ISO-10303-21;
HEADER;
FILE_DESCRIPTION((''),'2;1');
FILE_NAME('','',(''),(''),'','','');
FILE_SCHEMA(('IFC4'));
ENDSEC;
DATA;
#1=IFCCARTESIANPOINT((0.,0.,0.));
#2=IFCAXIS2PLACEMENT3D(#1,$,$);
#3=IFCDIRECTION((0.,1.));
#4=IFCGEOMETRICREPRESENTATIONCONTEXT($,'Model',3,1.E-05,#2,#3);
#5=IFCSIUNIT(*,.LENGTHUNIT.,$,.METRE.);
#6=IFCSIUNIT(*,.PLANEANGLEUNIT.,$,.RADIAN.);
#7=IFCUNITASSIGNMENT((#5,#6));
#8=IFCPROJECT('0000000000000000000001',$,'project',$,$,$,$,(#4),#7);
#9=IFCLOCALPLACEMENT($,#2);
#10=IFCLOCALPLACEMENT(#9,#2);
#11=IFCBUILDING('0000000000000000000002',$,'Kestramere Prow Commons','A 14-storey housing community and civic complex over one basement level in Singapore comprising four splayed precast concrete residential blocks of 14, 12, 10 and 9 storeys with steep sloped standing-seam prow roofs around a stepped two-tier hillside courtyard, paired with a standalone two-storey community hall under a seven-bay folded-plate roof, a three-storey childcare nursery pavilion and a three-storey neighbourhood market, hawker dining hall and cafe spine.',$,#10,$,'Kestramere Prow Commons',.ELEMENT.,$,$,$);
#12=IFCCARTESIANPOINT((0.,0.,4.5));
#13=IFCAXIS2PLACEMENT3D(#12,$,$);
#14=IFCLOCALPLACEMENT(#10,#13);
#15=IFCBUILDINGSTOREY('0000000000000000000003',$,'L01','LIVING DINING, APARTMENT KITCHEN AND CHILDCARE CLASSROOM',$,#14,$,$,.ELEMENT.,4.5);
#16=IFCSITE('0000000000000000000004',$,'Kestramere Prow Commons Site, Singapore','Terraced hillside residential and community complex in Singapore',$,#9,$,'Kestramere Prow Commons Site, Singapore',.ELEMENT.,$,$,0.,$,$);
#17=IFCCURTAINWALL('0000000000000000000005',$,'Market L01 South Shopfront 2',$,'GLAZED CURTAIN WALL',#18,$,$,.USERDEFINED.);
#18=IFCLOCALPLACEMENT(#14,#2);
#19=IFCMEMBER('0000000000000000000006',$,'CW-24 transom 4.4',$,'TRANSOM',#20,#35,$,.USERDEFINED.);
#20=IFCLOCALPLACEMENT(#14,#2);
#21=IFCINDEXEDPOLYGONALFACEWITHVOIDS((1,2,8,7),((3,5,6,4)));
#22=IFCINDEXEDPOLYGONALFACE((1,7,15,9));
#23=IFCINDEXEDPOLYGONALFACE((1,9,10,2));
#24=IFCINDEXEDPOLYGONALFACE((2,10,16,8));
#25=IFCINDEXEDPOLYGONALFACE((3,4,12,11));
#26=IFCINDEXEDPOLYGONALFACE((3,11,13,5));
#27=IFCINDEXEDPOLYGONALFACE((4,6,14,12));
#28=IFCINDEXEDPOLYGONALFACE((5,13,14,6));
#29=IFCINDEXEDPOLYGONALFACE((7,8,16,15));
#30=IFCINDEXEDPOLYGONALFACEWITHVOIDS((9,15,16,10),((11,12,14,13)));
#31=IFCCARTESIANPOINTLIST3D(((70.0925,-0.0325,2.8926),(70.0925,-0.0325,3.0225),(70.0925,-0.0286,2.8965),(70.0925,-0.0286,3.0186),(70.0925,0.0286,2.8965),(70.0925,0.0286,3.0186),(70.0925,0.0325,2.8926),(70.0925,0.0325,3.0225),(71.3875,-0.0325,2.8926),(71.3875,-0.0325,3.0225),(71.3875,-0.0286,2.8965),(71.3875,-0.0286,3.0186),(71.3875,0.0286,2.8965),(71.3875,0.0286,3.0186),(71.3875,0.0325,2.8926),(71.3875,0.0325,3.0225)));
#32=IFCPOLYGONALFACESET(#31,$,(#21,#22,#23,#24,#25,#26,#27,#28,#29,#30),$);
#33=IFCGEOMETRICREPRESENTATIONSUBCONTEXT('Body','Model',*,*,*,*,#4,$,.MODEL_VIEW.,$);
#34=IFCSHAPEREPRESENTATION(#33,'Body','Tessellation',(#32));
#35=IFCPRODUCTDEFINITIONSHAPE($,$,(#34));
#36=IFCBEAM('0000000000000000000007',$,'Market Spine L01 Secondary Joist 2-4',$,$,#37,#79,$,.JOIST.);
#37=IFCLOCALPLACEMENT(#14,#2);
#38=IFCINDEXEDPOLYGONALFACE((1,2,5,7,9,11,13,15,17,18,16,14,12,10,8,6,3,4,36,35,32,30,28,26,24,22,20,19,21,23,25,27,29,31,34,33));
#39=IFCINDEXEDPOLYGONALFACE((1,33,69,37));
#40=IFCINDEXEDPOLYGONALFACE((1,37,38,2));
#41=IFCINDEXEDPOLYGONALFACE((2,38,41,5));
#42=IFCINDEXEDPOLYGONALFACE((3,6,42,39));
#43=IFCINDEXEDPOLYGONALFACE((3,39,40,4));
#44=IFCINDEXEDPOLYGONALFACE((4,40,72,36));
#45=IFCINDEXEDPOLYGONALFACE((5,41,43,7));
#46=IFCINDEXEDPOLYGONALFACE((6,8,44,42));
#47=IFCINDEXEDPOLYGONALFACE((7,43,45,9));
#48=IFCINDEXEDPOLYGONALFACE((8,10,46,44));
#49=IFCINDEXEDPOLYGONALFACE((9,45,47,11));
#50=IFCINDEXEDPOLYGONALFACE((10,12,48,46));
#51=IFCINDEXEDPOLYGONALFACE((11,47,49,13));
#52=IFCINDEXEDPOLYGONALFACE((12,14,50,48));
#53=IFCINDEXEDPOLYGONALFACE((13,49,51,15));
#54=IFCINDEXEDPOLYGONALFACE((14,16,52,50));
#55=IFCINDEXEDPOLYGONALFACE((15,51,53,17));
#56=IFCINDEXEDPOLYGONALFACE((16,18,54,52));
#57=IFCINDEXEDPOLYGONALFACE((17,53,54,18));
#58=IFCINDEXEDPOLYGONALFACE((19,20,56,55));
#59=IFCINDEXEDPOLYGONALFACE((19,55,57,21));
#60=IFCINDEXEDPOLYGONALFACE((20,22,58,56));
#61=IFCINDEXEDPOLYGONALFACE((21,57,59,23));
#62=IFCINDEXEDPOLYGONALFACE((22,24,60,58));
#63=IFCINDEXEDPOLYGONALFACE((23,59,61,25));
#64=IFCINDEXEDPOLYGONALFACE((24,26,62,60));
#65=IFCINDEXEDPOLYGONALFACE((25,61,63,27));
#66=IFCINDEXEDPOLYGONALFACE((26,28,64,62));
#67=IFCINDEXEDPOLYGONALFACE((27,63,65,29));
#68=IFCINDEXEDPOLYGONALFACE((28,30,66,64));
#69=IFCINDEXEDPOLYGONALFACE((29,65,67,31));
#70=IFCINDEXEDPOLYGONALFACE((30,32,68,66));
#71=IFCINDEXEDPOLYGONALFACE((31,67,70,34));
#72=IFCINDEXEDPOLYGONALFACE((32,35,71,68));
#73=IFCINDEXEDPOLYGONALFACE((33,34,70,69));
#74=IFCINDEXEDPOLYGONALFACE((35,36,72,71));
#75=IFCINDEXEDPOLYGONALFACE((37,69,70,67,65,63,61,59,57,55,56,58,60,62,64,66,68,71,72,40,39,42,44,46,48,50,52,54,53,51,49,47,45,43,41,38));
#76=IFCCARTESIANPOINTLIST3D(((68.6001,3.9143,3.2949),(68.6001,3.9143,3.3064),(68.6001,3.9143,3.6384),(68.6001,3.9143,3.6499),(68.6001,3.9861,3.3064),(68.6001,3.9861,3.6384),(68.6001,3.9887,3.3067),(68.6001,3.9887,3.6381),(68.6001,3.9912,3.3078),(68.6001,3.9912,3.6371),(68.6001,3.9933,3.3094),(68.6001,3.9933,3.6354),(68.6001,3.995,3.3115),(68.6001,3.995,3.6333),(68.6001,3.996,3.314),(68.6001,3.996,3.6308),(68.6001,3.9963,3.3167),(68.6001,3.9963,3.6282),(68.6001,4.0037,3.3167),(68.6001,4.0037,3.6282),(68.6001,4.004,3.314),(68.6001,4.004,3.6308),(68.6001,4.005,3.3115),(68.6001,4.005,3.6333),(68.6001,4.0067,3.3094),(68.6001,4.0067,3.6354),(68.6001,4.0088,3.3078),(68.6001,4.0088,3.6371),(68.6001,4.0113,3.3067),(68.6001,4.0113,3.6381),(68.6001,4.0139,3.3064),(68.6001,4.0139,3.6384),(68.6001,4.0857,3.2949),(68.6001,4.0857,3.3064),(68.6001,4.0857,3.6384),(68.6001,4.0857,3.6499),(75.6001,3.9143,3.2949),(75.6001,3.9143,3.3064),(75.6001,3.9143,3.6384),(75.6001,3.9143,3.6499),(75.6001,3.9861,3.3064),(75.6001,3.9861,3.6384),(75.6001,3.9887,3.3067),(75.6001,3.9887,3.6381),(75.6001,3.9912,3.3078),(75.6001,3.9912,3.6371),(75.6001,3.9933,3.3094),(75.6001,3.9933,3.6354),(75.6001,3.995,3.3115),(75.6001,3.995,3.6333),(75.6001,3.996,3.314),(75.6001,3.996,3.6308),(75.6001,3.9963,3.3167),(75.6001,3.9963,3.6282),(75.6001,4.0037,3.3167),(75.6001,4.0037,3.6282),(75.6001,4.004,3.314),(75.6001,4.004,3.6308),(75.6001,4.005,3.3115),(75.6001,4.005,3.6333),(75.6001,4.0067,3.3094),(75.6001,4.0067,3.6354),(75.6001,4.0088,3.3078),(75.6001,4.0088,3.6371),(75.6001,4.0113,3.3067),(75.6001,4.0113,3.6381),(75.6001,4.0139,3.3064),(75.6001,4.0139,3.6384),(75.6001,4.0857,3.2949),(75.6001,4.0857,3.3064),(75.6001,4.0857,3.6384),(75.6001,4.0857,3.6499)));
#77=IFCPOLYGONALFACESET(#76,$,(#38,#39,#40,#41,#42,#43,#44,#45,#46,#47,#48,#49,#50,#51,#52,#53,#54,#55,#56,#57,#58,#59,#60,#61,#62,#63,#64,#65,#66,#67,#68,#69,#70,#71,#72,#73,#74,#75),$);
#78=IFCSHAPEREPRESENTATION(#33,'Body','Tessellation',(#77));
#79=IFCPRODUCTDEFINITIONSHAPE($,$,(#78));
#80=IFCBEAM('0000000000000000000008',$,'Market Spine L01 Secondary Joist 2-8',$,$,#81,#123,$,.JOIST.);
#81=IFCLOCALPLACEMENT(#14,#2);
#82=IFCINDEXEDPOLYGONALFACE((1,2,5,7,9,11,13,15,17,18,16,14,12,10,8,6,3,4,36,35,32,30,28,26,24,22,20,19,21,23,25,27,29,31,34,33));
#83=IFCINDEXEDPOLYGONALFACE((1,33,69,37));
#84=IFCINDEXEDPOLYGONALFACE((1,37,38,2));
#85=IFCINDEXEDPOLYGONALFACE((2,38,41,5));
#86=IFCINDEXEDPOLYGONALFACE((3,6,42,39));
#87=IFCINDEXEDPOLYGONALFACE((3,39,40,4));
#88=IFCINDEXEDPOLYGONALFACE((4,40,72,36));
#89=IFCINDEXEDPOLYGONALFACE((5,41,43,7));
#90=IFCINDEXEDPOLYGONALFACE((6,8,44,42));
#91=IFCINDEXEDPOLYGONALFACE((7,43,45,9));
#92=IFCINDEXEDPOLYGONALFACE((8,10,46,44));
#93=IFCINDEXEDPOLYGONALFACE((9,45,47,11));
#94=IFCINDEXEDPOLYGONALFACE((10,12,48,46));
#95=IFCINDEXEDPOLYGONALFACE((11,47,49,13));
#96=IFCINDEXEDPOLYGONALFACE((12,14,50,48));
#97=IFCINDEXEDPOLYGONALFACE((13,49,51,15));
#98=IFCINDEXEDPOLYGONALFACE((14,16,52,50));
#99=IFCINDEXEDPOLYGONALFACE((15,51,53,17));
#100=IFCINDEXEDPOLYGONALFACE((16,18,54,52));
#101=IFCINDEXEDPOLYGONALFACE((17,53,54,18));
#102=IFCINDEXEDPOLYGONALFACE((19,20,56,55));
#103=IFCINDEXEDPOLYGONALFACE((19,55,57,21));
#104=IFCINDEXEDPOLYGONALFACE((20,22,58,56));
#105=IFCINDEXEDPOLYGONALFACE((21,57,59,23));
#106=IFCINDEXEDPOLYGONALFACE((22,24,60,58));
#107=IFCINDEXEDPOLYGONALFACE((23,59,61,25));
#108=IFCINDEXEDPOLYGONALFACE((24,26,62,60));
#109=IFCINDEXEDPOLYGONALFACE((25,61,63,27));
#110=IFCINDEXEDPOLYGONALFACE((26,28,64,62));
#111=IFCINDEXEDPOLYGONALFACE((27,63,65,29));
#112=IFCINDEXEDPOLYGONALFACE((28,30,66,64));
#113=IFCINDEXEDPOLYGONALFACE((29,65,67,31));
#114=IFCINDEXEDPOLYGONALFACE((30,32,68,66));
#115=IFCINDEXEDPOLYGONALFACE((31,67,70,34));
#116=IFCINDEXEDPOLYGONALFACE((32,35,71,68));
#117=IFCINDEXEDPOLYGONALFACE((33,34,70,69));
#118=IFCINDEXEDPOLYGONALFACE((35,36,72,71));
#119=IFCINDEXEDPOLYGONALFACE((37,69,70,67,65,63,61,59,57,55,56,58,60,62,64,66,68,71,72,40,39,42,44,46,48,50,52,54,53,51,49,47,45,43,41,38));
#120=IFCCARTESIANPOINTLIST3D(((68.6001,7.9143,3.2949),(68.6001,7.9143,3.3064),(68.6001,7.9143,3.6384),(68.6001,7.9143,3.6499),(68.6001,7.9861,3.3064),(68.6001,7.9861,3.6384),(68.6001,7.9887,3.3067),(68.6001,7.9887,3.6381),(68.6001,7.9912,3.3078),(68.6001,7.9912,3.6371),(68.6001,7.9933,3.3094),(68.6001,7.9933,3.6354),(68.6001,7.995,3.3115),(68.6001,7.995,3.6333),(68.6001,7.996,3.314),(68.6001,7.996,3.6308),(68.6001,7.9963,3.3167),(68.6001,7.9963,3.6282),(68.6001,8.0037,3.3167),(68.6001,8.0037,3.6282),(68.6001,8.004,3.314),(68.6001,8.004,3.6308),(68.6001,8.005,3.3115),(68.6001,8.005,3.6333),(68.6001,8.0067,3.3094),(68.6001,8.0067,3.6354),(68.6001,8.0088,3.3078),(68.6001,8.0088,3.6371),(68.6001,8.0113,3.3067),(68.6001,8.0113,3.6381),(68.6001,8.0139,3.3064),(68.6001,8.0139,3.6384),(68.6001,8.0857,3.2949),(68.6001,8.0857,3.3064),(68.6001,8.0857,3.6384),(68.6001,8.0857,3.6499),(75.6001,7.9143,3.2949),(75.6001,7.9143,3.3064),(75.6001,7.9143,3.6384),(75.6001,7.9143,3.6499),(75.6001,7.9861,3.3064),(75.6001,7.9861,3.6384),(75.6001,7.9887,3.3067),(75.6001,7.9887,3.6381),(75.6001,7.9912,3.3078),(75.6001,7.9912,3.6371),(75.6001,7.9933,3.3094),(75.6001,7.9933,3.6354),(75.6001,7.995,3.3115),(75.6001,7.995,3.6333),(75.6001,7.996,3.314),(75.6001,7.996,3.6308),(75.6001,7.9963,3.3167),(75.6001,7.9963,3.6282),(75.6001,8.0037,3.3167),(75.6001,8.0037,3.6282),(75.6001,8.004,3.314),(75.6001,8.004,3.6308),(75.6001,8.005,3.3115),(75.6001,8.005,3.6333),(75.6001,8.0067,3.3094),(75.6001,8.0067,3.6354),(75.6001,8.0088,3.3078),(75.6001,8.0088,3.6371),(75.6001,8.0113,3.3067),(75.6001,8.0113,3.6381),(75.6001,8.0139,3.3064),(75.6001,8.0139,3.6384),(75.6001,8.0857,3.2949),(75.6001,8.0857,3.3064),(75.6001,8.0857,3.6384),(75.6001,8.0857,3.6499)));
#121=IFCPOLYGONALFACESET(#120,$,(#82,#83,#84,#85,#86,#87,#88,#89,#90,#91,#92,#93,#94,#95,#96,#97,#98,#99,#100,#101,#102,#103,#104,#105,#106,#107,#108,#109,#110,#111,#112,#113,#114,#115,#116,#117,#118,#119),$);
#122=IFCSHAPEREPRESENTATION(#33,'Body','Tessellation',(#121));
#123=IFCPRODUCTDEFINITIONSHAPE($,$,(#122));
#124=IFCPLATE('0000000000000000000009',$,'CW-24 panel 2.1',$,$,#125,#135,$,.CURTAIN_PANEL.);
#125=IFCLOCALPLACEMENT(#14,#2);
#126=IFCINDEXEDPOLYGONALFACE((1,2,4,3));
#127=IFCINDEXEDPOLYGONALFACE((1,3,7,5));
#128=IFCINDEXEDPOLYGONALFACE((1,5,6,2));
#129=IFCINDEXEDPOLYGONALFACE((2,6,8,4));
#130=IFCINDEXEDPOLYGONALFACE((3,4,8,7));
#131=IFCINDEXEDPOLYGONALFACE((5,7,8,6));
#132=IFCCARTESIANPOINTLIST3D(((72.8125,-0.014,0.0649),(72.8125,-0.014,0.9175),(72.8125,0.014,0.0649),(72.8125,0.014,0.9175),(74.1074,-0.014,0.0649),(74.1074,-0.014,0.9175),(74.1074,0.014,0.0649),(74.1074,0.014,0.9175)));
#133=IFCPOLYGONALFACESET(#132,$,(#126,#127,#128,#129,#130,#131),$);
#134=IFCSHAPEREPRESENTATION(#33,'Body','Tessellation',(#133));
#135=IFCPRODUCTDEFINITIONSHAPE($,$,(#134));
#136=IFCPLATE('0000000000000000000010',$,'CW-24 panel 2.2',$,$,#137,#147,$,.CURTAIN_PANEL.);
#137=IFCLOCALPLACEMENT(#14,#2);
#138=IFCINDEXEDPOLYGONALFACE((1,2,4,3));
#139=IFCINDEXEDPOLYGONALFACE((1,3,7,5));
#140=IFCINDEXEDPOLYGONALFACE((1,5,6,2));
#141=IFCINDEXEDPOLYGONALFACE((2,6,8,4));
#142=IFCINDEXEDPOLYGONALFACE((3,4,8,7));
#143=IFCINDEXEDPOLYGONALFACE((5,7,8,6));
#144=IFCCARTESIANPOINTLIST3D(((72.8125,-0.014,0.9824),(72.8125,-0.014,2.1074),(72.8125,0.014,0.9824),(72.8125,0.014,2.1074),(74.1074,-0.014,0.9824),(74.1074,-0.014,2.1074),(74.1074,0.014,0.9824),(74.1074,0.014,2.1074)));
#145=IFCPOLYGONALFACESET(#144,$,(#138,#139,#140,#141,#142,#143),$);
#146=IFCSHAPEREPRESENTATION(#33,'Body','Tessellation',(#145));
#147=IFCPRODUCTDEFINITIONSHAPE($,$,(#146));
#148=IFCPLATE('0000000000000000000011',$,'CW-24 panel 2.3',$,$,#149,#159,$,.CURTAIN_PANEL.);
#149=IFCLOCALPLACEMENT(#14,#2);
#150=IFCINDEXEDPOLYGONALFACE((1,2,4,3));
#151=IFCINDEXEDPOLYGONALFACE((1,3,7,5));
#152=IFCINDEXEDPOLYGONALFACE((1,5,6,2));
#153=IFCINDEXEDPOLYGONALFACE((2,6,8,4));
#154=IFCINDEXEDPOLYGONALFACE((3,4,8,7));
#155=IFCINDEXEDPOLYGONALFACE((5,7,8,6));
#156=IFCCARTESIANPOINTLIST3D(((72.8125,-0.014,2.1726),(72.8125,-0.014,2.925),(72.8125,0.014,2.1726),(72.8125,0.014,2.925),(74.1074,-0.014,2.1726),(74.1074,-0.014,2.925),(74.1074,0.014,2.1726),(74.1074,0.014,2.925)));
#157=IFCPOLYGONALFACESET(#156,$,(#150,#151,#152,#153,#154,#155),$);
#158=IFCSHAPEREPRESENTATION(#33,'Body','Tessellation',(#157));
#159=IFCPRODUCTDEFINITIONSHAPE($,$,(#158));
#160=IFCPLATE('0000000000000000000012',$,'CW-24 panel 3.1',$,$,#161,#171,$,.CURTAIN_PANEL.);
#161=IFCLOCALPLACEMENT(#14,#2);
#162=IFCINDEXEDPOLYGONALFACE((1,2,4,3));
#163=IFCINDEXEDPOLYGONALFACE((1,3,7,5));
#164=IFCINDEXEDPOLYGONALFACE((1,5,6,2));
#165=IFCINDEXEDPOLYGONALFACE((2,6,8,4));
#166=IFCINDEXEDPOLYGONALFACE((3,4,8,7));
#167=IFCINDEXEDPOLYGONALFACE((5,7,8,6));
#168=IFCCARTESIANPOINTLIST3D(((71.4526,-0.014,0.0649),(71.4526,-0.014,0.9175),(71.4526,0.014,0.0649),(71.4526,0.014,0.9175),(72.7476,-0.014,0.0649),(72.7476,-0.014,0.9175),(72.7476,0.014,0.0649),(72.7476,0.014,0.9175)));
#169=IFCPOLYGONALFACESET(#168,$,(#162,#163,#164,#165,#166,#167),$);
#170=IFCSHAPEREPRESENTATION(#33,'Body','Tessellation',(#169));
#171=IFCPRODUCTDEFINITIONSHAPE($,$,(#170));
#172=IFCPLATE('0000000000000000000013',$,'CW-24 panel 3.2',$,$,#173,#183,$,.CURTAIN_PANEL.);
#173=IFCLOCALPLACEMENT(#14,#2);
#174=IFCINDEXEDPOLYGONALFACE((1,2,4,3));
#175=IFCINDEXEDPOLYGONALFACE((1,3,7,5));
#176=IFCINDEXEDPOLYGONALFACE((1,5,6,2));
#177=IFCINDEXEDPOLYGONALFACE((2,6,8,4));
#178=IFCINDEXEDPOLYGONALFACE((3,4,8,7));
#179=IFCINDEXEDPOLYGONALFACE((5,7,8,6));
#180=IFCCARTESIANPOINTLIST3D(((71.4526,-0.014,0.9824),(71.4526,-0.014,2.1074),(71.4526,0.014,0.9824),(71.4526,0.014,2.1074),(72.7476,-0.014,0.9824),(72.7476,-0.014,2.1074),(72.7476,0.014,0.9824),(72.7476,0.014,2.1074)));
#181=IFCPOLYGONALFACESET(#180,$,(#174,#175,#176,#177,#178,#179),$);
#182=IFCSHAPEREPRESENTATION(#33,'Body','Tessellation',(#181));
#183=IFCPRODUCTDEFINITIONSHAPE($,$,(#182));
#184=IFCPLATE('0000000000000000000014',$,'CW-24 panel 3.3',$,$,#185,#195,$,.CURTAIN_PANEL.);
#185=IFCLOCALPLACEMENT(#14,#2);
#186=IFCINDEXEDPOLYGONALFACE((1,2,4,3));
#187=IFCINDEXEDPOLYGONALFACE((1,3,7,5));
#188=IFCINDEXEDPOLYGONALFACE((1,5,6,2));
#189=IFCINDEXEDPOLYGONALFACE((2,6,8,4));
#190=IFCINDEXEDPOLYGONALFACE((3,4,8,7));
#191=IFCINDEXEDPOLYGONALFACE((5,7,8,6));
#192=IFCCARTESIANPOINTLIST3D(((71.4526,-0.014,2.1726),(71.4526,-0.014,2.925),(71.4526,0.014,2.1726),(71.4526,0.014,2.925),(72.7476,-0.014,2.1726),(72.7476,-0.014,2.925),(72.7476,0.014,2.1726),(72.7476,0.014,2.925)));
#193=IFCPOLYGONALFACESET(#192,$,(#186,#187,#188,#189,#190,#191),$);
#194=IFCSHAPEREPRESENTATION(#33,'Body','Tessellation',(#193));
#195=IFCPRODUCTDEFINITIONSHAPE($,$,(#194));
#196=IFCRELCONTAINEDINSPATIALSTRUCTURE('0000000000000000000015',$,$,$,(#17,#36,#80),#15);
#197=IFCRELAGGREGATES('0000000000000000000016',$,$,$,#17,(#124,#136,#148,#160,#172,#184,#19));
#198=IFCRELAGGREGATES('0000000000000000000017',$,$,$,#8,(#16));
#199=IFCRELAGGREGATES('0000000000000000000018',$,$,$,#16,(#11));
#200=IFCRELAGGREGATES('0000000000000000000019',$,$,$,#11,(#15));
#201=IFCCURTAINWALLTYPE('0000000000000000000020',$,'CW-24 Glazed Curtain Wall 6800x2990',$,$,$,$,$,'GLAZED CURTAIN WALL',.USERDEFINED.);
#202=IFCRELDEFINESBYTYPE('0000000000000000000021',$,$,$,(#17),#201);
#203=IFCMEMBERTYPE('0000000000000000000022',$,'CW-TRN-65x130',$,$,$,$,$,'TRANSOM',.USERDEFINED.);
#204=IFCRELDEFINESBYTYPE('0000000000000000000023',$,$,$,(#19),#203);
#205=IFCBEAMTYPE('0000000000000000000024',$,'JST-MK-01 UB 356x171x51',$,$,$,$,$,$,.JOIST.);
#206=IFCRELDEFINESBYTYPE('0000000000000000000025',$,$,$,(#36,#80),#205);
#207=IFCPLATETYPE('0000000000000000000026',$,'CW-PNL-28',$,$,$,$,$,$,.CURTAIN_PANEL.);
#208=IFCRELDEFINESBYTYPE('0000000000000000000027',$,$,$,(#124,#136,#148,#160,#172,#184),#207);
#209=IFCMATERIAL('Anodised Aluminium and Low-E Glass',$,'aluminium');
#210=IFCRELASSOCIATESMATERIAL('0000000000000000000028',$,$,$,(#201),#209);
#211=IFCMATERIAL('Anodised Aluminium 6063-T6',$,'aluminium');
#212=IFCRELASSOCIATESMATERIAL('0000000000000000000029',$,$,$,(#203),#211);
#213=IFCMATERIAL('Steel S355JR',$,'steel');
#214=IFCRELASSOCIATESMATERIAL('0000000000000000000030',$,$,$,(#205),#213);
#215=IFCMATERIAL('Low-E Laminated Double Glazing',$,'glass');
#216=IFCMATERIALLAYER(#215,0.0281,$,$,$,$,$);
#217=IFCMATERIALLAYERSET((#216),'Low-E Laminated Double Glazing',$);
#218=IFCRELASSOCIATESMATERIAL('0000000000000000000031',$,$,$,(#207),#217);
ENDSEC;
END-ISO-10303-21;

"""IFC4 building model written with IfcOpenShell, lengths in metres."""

from ifc_helpers import new_model, si_unit, direction, frame, origin, origin_2d, place, context, subcontext, project, spatial, rectangle, hollow_rectangle, i_section, extrude, material, layer, layer_set, material_profile, profile_set, type_object, element, aggregate, save


model = new_model("IFC4")

# Units and contexts
model_context = context("Model", 3, precision=1e-05, world=origin(), true_north=direction((0.0, 1.0)))
body_context = subcontext(model_context, "Body", "Model", "MODEL_VIEW")
ifc_project = project(units=[si_unit("LENGTHUNIT", "METRE"), si_unit("PLANEANGLEUNIT", "RADIAN")], contexts=[model_context])

# Site, building, storey
site_placement = place(None, origin())
site = spatial("IfcSite", under=ifc_project, at=site_placement, Name="Kestramere Prow Commons Site, Singapore", Description="Terraced hillside residential and community complex in Singapore", LongName="Kestramere Prow Commons Site, Singapore", CompositionType="ELEMENT", RefElevation=0.0)
building_placement = place(site_placement, origin())
building = spatial("IfcBuilding", under=site, at=building_placement, Name="Kestramere Prow Commons", Description="A 14-storey housing community and civic complex over one basement level in Singapore comprising four splayed precast concrete residential blocks of 14, 12, 10 and 9 storeys with steep sloped standing-seam prow roofs around a stepped two-tier hillside courtyard, paired with a standalone two-storey community hall under a seven-bay folded-plate roof, a three-storey childcare nursery pavilion and a three-storey neighbourhood market, hawker dining hall and cafe spine.", LongName="Kestramere Prow Commons", CompositionType="ELEMENT")
storey_placement = place(building_placement, frame((0.0, 0.0, 4.5)))
storey = spatial("IfcBuildingStorey", under=building, at=storey_placement, Name="L01", Description="LIVING DINING, APARTMENT KITCHEN AND CHILDCARE CLASSROOM", CompositionType="ELEMENT", Elevation=4.5)

# Curtain wall, member
ifc_material_1 = material(Name="Anodised Aluminium and Low-E Glass", Category="aluminium")
curtain_wall_type = type_object("IfcCurtainWallType", Name="CW-24 Glazed Curtain Wall 6800x2990", ElementType="GLAZED CURTAIN WALL", PredefinedType="USERDEFINED", material=ifc_material_1)
curtain_wall_placement = place(storey_placement, origin())
curtain_wall = element("IfcCurtainWall", 1, at=curtain_wall_placement, inside=storey, type_object=curtain_wall_type, Name="Market L01 South Shopfront 2", ObjectType="GLAZED CURTAIN WALL", PredefinedType="USERDEFINED")
ifc_material_2 = material(Name="Anodised Aluminium 6063-T6", Category="aluminium")
ifc_material_profile_1 = material_profile(ifc_material_2, hollow_rectangle(XDim=0.0649, YDim=0.1299, WallThickness=0.0039, at=origin_2d()), Name="ALU-TRN 65x130")
ifc_profile_set_1 = profile_set([ifc_material_profile_1], Name="Anodised Aluminium 6063-T6")
member_type_1 = type_object("IfcMemberType", Name="CW-TRN-65x130", ElementType="TRANSOM", PredefinedType="USERDEFINED", material=ifc_profile_set_1)
member_1_placement = place(storey_placement, frame((71.3875, 0.0, 2.9575), z_axis=(-1.0, 0.0, 0.0), x_axis=(0.0, -1.0, 0.0)))
member_1 = element("IfcMember", 2, at=member_1_placement, type_object=member_type_1, Name="CW-24 transom 4.4", ObjectType="TRANSOM", PredefinedType="USERDEFINED", context=body_context, shape_type="SweptSolid", body=[
    extrude(hollow_rectangle(XDim=0.0649, YDim=0.1299, WallThickness=0.0039, at=origin_2d()), origin(), (0.0, 0.0, 1.0), 1.2949),
])

# Beams
ifc_material_3 = material(Name="Steel S355JR", Category="steel")
ifc_material_profile_2 = material_profile(ifc_material_3, i_section(OverallWidth=0.1714, OverallDepth=0.355, WebThickness=0.0073, FlangeThickness=0.0115, FilletRadius=0.0103, at=origin_2d()), Name="UB 356x171x51")
ifc_profile_set_2 = profile_set([ifc_material_profile_2], Name="Steel S355JR")
beam_type_1 = type_object("IfcBeamType", Name="JST-MK-01 UB 356x171x51", PredefinedType="JOIST", material=ifc_profile_set_2)
for number, where, z_axis, x_axis, name in (
    (3, (68.6001, 4.0, 3.4724), (1.0, 0.0, 0.0), (0.0, 1.0, 0.0), "Market Spine L01 Secondary Joist 2-4"),
    (4, (68.6001, 8.0, 3.4724), (1.0, 0.0, 0.0), (0.0, 1.0, 0.0), "Market Spine L01 Secondary Joist 2-8"),
):
    element("IfcBeam", number, at=place(storey_placement, frame(where, z_axis=z_axis, x_axis=x_axis)), inside=storey, type_object=beam_type_1, Name=name, PredefinedType="JOIST", context=body_context, shape_type="SweptSolid", body=[
        extrude(i_section(OverallWidth=0.1714, OverallDepth=0.355, WebThickness=0.0073, FlangeThickness=0.0115, FilletRadius=0.0103, at=origin_2d()), origin(), (0.0, 0.0, 1.0), 7.0),
    ])

# Plates
ifc_material_4 = material(Name="Low-E Laminated Double Glazing", Category="glass")
ifc_layer_1 = layer(ifc_material_4, 0.0281)
ifc_layer_set_1 = layer_set([ifc_layer_1], Name="Low-E Laminated Double Glazing")
plate_type = type_object("IfcPlateType", Name="CW-PNL-28", PredefinedType="CURTAIN_PANEL", material=ifc_layer_set_1)
plate_1_placement = place(storey_placement, frame((73.46, 0.0, 0.0649), z_axis=(0.0, 0.0, 1.0), x_axis=(-1.0, 0.0, 0.0)))
plate_1 = element("IfcPlate", 5, at=plate_1_placement, type_object=plate_type, Name="CW-24 panel 2.1", PredefinedType="CURTAIN_PANEL", context=body_context, shape_type="SweptSolid", body=[
    extrude(rectangle(XDim=1.2949, YDim=0.0281, at=origin_2d()), origin(), (0.0, 0.0, 1.0), 0.8525),
])
plate_2_placement = place(storey_placement, frame((73.46, 0.0, 0.9824), z_axis=(0.0, 0.0, 1.0), x_axis=(-1.0, 0.0, 0.0)))
plate_2 = element("IfcPlate", 6, at=plate_2_placement, type_object=plate_type, Name="CW-24 panel 2.2", PredefinedType="CURTAIN_PANEL", context=body_context, shape_type="SweptSolid", body=[
    extrude(rectangle(XDim=1.2949, YDim=0.0281, at=origin_2d()), origin(), (0.0, 0.0, 1.0), 1.125),
])
plate_3_placement = place(storey_placement, frame((73.46, 0.0, 2.1726), z_axis=(0.0, 0.0, 1.0), x_axis=(-1.0, 0.0, 0.0)))
plate_3 = element("IfcPlate", 7, at=plate_3_placement, type_object=plate_type, Name="CW-24 panel 2.3", PredefinedType="CURTAIN_PANEL", context=body_context, shape_type="SweptSolid", body=[
    extrude(rectangle(XDim=1.2949, YDim=0.0281, at=origin_2d()), origin(), (0.0, 0.0, 1.0), 0.7524),
])
plate_4_placement = place(storey_placement, frame((72.1001, 0.0, 0.0649), z_axis=(0.0, 0.0, 1.0), x_axis=(-1.0, 0.0, 0.0)))
plate_4 = element("IfcPlate", 8, at=plate_4_placement, type_object=plate_type, Name="CW-24 panel 3.1", PredefinedType="CURTAIN_PANEL", context=body_context, shape_type="SweptSolid", body=[
    extrude(rectangle(XDim=1.2949, YDim=0.0281, at=origin_2d()), origin(), (0.0, 0.0, 1.0), 0.8525),
])
plate_5_placement = place(storey_placement, frame((72.1001, 0.0, 0.9824), z_axis=(0.0, 0.0, 1.0), x_axis=(-1.0, 0.0, 0.0)))
plate_5 = element("IfcPlate", 9, at=plate_5_placement, type_object=plate_type, Name="CW-24 panel 3.2", PredefinedType="CURTAIN_PANEL", context=body_context, shape_type="SweptSolid", body=[
    extrude(rectangle(XDim=1.2949, YDim=0.0281, at=origin_2d()), origin(), (0.0, 0.0, 1.0), 1.125),
])
plate_6_placement = place(storey_placement, frame((72.1001, 0.0, 2.1726), z_axis=(0.0, 0.0, 1.0), x_axis=(-1.0, 0.0, 0.0)))
plate_6 = element("IfcPlate", 10, at=plate_6_placement, type_object=plate_type, Name="CW-24 panel 3.3", PredefinedType="CURTAIN_PANEL", context=body_context, shape_type="SweptSolid", body=[
    extrude(rectangle(XDim=1.2949, YDim=0.0281, at=origin_2d()), origin(), (0.0, 0.0, 1.0), 0.7524),
])
aggregate(curtain_wall, [plate_1, plate_2, plate_3, plate_4, plate_5, plate_6, member_1])

save(model, "model.ifc")
